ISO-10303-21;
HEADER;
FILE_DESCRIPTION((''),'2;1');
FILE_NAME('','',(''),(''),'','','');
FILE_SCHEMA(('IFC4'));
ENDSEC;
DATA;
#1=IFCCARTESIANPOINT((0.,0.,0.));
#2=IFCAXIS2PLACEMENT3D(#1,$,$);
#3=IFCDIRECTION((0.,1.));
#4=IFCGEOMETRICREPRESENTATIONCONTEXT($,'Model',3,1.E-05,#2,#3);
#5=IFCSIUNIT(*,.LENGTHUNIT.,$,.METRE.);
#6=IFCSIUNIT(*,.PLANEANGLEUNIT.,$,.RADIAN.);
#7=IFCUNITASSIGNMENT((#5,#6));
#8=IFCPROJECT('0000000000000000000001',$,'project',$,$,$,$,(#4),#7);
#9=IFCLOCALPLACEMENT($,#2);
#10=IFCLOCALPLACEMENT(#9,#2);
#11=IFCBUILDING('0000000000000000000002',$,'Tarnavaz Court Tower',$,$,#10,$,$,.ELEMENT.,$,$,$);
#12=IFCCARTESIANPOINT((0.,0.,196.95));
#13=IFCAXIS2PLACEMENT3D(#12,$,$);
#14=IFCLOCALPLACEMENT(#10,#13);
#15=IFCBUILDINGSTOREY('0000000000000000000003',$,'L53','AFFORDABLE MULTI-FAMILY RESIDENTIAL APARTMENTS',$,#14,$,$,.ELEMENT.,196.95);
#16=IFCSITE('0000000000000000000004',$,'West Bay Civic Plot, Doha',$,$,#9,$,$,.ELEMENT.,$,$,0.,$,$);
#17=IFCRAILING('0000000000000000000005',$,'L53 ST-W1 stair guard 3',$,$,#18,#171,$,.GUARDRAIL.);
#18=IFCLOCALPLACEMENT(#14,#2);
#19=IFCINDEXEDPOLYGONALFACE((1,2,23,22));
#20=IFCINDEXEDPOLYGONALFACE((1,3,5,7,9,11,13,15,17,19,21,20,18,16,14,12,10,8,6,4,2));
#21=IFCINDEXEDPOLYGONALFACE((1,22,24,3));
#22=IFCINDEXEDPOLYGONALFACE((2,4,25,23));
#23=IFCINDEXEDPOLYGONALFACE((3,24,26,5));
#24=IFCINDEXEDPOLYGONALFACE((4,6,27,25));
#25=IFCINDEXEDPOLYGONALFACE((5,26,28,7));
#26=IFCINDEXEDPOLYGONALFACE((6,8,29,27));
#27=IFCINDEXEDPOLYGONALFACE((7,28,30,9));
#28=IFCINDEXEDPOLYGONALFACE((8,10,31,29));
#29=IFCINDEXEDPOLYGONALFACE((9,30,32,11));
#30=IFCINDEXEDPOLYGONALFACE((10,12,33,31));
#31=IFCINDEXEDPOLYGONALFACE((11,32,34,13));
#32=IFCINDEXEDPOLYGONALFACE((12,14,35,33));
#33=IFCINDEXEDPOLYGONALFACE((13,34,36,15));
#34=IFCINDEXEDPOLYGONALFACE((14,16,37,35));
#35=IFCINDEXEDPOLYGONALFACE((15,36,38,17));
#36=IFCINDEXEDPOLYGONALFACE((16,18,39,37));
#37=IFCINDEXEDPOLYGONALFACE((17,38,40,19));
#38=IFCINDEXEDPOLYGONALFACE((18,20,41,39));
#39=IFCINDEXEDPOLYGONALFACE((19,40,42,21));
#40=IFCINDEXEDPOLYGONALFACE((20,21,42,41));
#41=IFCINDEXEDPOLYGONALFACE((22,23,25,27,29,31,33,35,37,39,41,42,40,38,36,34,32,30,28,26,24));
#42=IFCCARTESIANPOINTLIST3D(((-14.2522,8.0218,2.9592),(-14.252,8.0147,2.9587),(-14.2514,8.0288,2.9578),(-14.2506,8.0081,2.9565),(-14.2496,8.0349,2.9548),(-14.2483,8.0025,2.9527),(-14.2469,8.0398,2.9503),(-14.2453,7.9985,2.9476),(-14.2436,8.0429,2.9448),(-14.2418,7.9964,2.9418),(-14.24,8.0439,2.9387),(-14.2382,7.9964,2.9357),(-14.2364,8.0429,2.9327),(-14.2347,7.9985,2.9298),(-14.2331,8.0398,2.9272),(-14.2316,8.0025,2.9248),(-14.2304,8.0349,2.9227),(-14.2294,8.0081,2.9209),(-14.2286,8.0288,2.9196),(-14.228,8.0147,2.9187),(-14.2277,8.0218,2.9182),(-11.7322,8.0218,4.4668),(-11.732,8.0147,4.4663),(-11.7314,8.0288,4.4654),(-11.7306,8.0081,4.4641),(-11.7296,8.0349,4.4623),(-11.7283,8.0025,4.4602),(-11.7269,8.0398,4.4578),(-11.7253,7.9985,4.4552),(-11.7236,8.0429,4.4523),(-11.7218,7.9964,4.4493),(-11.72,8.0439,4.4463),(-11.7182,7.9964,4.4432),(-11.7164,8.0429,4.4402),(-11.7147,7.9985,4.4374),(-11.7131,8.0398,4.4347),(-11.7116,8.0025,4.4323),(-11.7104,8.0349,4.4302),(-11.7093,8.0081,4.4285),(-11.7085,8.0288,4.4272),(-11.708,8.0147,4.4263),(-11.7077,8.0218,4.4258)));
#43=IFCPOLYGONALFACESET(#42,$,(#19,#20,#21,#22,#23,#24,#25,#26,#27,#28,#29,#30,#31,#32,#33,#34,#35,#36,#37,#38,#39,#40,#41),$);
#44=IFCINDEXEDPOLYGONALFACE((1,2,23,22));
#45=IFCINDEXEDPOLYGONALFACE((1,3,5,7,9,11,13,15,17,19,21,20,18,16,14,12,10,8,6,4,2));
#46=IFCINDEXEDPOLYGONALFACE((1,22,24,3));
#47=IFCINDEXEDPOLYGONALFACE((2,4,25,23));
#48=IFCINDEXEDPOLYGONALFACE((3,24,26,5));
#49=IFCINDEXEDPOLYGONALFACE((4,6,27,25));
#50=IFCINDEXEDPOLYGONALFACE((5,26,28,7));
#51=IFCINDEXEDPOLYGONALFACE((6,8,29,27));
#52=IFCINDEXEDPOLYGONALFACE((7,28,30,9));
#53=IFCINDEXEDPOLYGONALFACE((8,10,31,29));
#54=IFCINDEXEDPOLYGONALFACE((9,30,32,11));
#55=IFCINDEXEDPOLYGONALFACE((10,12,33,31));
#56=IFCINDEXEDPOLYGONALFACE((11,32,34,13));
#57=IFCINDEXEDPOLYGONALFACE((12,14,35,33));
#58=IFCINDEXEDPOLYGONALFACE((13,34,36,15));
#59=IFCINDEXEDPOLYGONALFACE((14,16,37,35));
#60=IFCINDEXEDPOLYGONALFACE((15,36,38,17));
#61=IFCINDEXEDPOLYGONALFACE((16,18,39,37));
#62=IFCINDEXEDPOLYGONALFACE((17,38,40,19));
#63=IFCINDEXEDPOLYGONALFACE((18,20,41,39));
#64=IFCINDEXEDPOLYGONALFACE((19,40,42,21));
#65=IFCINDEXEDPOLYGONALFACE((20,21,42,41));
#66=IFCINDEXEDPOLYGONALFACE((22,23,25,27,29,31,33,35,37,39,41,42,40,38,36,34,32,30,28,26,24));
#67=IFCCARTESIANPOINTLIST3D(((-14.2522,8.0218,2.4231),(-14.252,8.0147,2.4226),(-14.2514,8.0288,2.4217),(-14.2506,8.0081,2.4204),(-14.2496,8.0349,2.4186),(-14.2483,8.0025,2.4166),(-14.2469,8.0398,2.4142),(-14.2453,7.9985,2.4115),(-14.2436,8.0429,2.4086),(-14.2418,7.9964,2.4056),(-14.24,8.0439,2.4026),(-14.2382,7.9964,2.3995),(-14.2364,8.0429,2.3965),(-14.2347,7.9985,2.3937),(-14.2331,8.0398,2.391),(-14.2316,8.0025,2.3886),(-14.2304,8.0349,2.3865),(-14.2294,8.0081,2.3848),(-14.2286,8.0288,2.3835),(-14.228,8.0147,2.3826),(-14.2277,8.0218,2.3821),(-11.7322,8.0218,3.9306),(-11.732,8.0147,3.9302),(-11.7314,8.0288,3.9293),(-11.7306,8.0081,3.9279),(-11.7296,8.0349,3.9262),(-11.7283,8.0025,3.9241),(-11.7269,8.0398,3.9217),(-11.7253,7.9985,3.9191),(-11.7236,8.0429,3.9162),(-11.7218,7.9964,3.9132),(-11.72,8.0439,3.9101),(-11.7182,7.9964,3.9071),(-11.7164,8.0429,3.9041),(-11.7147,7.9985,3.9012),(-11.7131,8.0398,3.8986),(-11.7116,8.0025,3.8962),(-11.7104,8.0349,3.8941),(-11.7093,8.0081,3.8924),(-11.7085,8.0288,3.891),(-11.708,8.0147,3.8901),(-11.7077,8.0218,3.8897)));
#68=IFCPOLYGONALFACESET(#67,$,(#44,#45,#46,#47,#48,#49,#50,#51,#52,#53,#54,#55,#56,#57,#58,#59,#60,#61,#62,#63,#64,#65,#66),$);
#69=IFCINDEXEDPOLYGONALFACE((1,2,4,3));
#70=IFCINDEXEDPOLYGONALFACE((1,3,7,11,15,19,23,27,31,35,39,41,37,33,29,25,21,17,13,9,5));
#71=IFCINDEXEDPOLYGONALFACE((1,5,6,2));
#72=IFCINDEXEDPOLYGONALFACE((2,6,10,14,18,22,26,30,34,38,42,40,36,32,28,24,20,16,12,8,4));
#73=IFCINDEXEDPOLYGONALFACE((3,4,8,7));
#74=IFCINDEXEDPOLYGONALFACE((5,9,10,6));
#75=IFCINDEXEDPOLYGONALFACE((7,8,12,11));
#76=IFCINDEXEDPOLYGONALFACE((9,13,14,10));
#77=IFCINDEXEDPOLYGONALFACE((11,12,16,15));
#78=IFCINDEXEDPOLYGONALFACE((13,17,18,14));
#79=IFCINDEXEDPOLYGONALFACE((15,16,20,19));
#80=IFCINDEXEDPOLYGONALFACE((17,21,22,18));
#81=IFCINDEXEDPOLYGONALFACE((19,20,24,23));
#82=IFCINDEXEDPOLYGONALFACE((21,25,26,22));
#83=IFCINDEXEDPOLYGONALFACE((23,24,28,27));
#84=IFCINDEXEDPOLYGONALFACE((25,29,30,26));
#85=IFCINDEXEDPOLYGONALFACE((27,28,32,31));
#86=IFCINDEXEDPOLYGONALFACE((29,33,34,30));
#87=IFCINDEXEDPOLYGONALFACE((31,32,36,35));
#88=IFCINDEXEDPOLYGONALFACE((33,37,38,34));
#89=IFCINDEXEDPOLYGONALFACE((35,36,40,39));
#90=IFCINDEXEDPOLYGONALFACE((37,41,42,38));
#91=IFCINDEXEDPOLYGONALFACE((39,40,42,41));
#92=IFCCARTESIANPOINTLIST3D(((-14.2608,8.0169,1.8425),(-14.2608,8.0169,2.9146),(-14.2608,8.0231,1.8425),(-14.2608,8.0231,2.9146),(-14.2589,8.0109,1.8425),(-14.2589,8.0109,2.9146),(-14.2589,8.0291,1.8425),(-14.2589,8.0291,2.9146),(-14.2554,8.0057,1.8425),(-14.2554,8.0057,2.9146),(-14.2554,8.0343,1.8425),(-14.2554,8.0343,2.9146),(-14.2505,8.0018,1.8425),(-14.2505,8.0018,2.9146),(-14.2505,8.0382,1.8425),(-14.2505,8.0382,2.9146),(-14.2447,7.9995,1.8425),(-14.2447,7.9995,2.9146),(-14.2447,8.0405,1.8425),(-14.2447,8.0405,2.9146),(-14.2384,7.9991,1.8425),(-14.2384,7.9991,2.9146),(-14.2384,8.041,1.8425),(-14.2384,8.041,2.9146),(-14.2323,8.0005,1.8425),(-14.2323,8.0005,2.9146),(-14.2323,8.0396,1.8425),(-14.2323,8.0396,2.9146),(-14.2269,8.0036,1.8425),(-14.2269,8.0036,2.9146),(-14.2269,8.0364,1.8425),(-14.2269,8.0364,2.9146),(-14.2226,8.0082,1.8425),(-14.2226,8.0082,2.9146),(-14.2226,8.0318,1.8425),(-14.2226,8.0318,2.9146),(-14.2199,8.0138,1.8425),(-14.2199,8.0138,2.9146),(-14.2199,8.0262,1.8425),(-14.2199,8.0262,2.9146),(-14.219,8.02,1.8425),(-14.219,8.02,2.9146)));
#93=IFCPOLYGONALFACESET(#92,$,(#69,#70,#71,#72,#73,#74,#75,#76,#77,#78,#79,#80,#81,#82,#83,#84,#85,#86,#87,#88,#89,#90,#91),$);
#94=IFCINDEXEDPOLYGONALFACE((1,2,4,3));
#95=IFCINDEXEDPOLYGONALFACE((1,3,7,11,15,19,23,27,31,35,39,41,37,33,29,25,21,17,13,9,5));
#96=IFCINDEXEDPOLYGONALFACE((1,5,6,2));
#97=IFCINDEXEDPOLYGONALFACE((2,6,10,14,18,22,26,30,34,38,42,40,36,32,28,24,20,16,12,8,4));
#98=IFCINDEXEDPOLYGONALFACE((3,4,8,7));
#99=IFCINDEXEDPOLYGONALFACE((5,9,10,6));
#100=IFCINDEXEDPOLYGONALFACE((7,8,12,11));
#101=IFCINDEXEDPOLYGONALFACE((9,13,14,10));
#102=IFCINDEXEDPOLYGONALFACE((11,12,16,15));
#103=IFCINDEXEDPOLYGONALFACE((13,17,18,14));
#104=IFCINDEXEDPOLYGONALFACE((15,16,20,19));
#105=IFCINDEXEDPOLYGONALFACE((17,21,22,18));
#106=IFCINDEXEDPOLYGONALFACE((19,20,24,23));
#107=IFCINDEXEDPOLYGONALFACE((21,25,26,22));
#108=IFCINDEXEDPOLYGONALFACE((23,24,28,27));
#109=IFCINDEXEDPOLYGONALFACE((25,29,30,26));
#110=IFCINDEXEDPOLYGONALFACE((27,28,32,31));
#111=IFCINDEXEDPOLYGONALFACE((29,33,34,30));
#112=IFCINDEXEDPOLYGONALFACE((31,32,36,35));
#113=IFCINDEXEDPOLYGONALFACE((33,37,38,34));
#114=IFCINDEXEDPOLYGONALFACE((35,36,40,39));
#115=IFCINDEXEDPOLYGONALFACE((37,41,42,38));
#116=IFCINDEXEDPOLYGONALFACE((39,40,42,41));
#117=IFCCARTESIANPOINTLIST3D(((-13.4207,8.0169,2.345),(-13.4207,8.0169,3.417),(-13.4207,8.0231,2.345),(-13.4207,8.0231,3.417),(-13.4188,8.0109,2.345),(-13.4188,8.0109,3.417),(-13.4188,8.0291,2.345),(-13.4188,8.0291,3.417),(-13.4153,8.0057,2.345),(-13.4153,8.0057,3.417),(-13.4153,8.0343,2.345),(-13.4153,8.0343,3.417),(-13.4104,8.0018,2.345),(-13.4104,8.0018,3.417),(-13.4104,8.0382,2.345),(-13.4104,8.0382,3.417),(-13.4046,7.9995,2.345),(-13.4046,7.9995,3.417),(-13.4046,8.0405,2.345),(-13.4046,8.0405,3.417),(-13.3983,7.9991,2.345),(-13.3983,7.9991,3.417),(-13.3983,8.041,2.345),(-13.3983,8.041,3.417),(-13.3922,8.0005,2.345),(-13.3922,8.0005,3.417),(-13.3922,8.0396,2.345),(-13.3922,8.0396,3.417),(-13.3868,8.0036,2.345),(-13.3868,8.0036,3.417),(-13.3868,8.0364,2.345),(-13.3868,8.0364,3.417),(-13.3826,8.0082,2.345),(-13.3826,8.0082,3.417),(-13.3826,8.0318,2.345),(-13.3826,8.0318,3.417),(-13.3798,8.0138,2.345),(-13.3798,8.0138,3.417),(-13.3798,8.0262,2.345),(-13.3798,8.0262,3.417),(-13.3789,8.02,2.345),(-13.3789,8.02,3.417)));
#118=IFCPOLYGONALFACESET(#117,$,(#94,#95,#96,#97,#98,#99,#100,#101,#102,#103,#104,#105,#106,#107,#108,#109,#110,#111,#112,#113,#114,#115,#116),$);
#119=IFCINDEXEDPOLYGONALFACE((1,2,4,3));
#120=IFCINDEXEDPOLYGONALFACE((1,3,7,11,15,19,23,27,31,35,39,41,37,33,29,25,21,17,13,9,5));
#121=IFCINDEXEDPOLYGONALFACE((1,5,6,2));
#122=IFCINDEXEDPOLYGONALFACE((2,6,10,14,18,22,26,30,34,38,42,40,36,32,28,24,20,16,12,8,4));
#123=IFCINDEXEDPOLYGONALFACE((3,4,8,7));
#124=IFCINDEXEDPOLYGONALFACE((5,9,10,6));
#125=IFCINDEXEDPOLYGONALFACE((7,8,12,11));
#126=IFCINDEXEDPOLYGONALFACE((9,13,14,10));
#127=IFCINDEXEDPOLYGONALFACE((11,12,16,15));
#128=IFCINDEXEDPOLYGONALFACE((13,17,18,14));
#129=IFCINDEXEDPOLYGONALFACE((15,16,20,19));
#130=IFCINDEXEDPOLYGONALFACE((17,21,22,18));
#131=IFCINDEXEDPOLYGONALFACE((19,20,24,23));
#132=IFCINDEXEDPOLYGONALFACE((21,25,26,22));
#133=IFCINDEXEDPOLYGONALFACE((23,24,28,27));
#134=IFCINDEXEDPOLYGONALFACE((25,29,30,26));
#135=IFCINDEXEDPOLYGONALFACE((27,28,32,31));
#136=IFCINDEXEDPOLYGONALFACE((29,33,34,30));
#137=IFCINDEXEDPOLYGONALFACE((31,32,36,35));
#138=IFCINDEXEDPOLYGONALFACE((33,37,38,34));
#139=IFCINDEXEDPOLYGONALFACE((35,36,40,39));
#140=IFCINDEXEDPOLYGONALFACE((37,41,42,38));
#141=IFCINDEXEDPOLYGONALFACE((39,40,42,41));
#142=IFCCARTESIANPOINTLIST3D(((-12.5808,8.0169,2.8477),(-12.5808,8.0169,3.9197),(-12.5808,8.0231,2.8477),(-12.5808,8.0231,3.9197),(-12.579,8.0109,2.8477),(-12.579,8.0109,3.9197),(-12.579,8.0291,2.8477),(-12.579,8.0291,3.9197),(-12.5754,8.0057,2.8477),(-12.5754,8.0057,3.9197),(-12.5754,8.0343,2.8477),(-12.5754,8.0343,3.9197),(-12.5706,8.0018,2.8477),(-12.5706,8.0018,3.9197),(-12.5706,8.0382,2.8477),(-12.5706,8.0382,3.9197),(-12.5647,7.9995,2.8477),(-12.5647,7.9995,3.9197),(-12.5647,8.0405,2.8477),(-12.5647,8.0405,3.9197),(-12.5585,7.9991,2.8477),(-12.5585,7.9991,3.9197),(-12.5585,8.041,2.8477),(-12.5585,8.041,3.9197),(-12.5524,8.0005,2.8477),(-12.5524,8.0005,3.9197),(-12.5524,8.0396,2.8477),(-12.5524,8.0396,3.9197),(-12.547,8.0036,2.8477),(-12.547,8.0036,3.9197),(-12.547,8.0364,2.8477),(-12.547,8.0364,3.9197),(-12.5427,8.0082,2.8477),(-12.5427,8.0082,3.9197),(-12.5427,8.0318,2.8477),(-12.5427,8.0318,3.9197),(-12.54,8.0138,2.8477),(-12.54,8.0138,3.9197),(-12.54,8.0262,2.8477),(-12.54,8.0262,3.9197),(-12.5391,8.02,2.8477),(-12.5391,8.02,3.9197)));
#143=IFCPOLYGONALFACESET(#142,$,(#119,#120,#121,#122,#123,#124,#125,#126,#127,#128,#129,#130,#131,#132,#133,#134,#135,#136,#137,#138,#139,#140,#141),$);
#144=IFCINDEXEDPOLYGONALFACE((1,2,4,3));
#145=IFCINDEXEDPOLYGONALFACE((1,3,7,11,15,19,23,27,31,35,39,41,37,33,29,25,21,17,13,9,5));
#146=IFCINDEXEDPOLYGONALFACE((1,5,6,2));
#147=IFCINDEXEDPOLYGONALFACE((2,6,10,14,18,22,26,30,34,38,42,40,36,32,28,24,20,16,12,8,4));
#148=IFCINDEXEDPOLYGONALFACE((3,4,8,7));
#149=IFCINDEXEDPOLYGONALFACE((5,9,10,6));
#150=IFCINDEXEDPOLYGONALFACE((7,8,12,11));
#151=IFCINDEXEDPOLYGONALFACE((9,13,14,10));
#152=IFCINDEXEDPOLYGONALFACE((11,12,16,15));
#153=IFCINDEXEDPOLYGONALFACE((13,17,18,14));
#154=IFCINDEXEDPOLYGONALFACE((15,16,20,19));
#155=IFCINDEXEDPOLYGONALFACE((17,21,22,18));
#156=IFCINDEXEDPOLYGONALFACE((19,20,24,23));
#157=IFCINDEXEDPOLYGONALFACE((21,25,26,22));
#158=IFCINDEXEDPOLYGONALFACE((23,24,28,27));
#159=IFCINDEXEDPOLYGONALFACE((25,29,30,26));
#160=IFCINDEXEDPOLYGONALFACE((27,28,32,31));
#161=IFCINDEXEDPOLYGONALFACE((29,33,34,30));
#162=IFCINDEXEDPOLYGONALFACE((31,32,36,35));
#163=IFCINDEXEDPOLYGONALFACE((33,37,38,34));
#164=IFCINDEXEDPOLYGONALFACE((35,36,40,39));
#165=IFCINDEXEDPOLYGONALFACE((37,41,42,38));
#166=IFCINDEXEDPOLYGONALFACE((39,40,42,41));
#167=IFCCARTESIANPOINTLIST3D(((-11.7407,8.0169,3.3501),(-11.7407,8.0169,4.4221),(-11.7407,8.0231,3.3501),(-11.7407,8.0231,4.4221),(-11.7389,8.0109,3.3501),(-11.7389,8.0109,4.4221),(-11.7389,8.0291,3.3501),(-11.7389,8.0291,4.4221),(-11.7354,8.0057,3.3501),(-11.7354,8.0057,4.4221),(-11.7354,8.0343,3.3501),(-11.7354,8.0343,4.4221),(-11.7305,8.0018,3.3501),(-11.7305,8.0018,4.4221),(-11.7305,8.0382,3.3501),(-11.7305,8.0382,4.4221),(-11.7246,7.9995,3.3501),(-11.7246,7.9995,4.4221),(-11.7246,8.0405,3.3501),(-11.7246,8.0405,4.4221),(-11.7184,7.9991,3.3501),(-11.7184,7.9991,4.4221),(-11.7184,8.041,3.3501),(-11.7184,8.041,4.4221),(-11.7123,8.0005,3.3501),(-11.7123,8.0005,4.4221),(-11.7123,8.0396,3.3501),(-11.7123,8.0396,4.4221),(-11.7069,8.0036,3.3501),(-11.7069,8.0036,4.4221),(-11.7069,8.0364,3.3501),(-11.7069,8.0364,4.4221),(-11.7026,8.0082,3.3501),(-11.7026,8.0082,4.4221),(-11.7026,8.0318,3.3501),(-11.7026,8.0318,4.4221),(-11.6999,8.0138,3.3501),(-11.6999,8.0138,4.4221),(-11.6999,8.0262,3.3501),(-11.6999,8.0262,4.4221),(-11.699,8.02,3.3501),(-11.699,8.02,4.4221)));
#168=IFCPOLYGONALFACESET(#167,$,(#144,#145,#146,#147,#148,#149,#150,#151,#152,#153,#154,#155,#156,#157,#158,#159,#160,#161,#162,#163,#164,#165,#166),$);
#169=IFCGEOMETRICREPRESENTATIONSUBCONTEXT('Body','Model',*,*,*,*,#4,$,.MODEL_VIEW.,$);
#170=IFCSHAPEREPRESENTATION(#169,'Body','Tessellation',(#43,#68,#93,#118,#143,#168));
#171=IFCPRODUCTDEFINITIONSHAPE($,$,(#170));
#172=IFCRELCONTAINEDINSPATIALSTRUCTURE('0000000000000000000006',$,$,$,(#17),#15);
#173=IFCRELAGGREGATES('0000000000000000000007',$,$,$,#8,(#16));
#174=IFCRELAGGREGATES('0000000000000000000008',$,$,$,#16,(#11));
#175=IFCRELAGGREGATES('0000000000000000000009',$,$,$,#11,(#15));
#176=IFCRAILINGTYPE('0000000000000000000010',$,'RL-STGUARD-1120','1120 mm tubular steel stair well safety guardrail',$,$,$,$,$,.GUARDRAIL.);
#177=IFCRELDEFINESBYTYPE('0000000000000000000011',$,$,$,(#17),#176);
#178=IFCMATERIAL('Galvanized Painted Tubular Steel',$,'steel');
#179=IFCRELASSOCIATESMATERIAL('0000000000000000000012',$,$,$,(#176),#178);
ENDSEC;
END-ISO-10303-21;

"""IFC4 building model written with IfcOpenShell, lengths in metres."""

from ifc_helpers import new_model, si_unit, direction, frame, origin, origin_2d, place, context, subcontext, project, spatial, circle, extrude, material, type_object, element, save


model = new_model("IFC4")

# Units and contexts
model_context = context("Model", 3, precision=1e-05, world=origin(), true_north=direction((0.0, 1.0)))
body_context = subcontext(model_context, "Body", "Model", "MODEL_VIEW")
ifc_project = project(units=[si_unit("LENGTHUNIT", "METRE"), si_unit("PLANEANGLEUNIT", "RADIAN")], contexts=[model_context])

# Site, building, storey
site_placement = place(None, origin())
site = spatial("IfcSite", under=ifc_project, at=site_placement, Name="West Bay Civic Plot, Doha", CompositionType="ELEMENT", RefElevation=0.0)
building_placement = place(site_placement, origin())
building = spatial("IfcBuilding", under=site, at=building_placement, Name="Tarnavaz Court Tower", CompositionType="ELEMENT")
storey_placement = place(building_placement, frame((0.0, 0.0, 196.95)))
storey = spatial("IfcBuildingStorey", under=building, at=storey_placement, Name="L53", Description="AFFORDABLE MULTI-FAMILY RESIDENTIAL APARTMENTS", CompositionType="ELEMENT", Elevation=196.95)

# Railing
ifc_material_1 = material(Name="Galvanized Painted Tubular Steel", Category="steel")
railing_type_1 = type_object("IfcRailingType", Name="RL-STGUARD-1120", Description="1120 mm tubular steel stair well safety guardrail", PredefinedType="GUARDRAIL", material=ifc_material_1)
railing_1_placement = place(storey_placement, frame((-14.24, 8.02, 1.8425)))
element("IfcRailing", 1, at=railing_1_placement, inside=storey, type_object=railing_type_1, Name="L53 ST-W1 stair guard 3", PredefinedType="GUARDRAIL", context=body_context, shape_type="SweptSolid", body=[
    extrude(circle(Radius=0.0239, at=origin_2d()), frame((0.0, 0.0, 1.0962), z_axis=(0.85816, 0.0, 0.513383), x_axis=(0.0, 1.0, 0.0)), (0.0, 0.0, 1.0), 2.9365),
    extrude(circle(Radius=0.0239, at=origin_2d()), frame((0.0, 0.0, 0.5601), z_axis=(0.85816, 0.0, 0.513383), x_axis=(0.0, 1.0, 0.0)), (0.0, 0.0, 1.0), 2.9365),
    extrude(circle(Radius=0.021, at=origin_2d()), origin(), (0.0, 0.0, 1.0), 1.072),
    extrude(circle(Radius=0.021, at=origin_2d()), frame((0.8401, 0.0, 0.5024)), (0.0, 0.0, 1.0), 1.072),
    extrude(circle(Radius=0.021, at=origin_2d()), frame((1.6799, 0.0, 1.0051)), (0.0, 0.0, 1.0), 1.072),
    extrude(circle(Radius=0.021, at=origin_2d()), frame((2.52, 0.0, 1.5076)), (0.0, 0.0, 1.0), 1.072),
])

save(model, "model.ifc")
